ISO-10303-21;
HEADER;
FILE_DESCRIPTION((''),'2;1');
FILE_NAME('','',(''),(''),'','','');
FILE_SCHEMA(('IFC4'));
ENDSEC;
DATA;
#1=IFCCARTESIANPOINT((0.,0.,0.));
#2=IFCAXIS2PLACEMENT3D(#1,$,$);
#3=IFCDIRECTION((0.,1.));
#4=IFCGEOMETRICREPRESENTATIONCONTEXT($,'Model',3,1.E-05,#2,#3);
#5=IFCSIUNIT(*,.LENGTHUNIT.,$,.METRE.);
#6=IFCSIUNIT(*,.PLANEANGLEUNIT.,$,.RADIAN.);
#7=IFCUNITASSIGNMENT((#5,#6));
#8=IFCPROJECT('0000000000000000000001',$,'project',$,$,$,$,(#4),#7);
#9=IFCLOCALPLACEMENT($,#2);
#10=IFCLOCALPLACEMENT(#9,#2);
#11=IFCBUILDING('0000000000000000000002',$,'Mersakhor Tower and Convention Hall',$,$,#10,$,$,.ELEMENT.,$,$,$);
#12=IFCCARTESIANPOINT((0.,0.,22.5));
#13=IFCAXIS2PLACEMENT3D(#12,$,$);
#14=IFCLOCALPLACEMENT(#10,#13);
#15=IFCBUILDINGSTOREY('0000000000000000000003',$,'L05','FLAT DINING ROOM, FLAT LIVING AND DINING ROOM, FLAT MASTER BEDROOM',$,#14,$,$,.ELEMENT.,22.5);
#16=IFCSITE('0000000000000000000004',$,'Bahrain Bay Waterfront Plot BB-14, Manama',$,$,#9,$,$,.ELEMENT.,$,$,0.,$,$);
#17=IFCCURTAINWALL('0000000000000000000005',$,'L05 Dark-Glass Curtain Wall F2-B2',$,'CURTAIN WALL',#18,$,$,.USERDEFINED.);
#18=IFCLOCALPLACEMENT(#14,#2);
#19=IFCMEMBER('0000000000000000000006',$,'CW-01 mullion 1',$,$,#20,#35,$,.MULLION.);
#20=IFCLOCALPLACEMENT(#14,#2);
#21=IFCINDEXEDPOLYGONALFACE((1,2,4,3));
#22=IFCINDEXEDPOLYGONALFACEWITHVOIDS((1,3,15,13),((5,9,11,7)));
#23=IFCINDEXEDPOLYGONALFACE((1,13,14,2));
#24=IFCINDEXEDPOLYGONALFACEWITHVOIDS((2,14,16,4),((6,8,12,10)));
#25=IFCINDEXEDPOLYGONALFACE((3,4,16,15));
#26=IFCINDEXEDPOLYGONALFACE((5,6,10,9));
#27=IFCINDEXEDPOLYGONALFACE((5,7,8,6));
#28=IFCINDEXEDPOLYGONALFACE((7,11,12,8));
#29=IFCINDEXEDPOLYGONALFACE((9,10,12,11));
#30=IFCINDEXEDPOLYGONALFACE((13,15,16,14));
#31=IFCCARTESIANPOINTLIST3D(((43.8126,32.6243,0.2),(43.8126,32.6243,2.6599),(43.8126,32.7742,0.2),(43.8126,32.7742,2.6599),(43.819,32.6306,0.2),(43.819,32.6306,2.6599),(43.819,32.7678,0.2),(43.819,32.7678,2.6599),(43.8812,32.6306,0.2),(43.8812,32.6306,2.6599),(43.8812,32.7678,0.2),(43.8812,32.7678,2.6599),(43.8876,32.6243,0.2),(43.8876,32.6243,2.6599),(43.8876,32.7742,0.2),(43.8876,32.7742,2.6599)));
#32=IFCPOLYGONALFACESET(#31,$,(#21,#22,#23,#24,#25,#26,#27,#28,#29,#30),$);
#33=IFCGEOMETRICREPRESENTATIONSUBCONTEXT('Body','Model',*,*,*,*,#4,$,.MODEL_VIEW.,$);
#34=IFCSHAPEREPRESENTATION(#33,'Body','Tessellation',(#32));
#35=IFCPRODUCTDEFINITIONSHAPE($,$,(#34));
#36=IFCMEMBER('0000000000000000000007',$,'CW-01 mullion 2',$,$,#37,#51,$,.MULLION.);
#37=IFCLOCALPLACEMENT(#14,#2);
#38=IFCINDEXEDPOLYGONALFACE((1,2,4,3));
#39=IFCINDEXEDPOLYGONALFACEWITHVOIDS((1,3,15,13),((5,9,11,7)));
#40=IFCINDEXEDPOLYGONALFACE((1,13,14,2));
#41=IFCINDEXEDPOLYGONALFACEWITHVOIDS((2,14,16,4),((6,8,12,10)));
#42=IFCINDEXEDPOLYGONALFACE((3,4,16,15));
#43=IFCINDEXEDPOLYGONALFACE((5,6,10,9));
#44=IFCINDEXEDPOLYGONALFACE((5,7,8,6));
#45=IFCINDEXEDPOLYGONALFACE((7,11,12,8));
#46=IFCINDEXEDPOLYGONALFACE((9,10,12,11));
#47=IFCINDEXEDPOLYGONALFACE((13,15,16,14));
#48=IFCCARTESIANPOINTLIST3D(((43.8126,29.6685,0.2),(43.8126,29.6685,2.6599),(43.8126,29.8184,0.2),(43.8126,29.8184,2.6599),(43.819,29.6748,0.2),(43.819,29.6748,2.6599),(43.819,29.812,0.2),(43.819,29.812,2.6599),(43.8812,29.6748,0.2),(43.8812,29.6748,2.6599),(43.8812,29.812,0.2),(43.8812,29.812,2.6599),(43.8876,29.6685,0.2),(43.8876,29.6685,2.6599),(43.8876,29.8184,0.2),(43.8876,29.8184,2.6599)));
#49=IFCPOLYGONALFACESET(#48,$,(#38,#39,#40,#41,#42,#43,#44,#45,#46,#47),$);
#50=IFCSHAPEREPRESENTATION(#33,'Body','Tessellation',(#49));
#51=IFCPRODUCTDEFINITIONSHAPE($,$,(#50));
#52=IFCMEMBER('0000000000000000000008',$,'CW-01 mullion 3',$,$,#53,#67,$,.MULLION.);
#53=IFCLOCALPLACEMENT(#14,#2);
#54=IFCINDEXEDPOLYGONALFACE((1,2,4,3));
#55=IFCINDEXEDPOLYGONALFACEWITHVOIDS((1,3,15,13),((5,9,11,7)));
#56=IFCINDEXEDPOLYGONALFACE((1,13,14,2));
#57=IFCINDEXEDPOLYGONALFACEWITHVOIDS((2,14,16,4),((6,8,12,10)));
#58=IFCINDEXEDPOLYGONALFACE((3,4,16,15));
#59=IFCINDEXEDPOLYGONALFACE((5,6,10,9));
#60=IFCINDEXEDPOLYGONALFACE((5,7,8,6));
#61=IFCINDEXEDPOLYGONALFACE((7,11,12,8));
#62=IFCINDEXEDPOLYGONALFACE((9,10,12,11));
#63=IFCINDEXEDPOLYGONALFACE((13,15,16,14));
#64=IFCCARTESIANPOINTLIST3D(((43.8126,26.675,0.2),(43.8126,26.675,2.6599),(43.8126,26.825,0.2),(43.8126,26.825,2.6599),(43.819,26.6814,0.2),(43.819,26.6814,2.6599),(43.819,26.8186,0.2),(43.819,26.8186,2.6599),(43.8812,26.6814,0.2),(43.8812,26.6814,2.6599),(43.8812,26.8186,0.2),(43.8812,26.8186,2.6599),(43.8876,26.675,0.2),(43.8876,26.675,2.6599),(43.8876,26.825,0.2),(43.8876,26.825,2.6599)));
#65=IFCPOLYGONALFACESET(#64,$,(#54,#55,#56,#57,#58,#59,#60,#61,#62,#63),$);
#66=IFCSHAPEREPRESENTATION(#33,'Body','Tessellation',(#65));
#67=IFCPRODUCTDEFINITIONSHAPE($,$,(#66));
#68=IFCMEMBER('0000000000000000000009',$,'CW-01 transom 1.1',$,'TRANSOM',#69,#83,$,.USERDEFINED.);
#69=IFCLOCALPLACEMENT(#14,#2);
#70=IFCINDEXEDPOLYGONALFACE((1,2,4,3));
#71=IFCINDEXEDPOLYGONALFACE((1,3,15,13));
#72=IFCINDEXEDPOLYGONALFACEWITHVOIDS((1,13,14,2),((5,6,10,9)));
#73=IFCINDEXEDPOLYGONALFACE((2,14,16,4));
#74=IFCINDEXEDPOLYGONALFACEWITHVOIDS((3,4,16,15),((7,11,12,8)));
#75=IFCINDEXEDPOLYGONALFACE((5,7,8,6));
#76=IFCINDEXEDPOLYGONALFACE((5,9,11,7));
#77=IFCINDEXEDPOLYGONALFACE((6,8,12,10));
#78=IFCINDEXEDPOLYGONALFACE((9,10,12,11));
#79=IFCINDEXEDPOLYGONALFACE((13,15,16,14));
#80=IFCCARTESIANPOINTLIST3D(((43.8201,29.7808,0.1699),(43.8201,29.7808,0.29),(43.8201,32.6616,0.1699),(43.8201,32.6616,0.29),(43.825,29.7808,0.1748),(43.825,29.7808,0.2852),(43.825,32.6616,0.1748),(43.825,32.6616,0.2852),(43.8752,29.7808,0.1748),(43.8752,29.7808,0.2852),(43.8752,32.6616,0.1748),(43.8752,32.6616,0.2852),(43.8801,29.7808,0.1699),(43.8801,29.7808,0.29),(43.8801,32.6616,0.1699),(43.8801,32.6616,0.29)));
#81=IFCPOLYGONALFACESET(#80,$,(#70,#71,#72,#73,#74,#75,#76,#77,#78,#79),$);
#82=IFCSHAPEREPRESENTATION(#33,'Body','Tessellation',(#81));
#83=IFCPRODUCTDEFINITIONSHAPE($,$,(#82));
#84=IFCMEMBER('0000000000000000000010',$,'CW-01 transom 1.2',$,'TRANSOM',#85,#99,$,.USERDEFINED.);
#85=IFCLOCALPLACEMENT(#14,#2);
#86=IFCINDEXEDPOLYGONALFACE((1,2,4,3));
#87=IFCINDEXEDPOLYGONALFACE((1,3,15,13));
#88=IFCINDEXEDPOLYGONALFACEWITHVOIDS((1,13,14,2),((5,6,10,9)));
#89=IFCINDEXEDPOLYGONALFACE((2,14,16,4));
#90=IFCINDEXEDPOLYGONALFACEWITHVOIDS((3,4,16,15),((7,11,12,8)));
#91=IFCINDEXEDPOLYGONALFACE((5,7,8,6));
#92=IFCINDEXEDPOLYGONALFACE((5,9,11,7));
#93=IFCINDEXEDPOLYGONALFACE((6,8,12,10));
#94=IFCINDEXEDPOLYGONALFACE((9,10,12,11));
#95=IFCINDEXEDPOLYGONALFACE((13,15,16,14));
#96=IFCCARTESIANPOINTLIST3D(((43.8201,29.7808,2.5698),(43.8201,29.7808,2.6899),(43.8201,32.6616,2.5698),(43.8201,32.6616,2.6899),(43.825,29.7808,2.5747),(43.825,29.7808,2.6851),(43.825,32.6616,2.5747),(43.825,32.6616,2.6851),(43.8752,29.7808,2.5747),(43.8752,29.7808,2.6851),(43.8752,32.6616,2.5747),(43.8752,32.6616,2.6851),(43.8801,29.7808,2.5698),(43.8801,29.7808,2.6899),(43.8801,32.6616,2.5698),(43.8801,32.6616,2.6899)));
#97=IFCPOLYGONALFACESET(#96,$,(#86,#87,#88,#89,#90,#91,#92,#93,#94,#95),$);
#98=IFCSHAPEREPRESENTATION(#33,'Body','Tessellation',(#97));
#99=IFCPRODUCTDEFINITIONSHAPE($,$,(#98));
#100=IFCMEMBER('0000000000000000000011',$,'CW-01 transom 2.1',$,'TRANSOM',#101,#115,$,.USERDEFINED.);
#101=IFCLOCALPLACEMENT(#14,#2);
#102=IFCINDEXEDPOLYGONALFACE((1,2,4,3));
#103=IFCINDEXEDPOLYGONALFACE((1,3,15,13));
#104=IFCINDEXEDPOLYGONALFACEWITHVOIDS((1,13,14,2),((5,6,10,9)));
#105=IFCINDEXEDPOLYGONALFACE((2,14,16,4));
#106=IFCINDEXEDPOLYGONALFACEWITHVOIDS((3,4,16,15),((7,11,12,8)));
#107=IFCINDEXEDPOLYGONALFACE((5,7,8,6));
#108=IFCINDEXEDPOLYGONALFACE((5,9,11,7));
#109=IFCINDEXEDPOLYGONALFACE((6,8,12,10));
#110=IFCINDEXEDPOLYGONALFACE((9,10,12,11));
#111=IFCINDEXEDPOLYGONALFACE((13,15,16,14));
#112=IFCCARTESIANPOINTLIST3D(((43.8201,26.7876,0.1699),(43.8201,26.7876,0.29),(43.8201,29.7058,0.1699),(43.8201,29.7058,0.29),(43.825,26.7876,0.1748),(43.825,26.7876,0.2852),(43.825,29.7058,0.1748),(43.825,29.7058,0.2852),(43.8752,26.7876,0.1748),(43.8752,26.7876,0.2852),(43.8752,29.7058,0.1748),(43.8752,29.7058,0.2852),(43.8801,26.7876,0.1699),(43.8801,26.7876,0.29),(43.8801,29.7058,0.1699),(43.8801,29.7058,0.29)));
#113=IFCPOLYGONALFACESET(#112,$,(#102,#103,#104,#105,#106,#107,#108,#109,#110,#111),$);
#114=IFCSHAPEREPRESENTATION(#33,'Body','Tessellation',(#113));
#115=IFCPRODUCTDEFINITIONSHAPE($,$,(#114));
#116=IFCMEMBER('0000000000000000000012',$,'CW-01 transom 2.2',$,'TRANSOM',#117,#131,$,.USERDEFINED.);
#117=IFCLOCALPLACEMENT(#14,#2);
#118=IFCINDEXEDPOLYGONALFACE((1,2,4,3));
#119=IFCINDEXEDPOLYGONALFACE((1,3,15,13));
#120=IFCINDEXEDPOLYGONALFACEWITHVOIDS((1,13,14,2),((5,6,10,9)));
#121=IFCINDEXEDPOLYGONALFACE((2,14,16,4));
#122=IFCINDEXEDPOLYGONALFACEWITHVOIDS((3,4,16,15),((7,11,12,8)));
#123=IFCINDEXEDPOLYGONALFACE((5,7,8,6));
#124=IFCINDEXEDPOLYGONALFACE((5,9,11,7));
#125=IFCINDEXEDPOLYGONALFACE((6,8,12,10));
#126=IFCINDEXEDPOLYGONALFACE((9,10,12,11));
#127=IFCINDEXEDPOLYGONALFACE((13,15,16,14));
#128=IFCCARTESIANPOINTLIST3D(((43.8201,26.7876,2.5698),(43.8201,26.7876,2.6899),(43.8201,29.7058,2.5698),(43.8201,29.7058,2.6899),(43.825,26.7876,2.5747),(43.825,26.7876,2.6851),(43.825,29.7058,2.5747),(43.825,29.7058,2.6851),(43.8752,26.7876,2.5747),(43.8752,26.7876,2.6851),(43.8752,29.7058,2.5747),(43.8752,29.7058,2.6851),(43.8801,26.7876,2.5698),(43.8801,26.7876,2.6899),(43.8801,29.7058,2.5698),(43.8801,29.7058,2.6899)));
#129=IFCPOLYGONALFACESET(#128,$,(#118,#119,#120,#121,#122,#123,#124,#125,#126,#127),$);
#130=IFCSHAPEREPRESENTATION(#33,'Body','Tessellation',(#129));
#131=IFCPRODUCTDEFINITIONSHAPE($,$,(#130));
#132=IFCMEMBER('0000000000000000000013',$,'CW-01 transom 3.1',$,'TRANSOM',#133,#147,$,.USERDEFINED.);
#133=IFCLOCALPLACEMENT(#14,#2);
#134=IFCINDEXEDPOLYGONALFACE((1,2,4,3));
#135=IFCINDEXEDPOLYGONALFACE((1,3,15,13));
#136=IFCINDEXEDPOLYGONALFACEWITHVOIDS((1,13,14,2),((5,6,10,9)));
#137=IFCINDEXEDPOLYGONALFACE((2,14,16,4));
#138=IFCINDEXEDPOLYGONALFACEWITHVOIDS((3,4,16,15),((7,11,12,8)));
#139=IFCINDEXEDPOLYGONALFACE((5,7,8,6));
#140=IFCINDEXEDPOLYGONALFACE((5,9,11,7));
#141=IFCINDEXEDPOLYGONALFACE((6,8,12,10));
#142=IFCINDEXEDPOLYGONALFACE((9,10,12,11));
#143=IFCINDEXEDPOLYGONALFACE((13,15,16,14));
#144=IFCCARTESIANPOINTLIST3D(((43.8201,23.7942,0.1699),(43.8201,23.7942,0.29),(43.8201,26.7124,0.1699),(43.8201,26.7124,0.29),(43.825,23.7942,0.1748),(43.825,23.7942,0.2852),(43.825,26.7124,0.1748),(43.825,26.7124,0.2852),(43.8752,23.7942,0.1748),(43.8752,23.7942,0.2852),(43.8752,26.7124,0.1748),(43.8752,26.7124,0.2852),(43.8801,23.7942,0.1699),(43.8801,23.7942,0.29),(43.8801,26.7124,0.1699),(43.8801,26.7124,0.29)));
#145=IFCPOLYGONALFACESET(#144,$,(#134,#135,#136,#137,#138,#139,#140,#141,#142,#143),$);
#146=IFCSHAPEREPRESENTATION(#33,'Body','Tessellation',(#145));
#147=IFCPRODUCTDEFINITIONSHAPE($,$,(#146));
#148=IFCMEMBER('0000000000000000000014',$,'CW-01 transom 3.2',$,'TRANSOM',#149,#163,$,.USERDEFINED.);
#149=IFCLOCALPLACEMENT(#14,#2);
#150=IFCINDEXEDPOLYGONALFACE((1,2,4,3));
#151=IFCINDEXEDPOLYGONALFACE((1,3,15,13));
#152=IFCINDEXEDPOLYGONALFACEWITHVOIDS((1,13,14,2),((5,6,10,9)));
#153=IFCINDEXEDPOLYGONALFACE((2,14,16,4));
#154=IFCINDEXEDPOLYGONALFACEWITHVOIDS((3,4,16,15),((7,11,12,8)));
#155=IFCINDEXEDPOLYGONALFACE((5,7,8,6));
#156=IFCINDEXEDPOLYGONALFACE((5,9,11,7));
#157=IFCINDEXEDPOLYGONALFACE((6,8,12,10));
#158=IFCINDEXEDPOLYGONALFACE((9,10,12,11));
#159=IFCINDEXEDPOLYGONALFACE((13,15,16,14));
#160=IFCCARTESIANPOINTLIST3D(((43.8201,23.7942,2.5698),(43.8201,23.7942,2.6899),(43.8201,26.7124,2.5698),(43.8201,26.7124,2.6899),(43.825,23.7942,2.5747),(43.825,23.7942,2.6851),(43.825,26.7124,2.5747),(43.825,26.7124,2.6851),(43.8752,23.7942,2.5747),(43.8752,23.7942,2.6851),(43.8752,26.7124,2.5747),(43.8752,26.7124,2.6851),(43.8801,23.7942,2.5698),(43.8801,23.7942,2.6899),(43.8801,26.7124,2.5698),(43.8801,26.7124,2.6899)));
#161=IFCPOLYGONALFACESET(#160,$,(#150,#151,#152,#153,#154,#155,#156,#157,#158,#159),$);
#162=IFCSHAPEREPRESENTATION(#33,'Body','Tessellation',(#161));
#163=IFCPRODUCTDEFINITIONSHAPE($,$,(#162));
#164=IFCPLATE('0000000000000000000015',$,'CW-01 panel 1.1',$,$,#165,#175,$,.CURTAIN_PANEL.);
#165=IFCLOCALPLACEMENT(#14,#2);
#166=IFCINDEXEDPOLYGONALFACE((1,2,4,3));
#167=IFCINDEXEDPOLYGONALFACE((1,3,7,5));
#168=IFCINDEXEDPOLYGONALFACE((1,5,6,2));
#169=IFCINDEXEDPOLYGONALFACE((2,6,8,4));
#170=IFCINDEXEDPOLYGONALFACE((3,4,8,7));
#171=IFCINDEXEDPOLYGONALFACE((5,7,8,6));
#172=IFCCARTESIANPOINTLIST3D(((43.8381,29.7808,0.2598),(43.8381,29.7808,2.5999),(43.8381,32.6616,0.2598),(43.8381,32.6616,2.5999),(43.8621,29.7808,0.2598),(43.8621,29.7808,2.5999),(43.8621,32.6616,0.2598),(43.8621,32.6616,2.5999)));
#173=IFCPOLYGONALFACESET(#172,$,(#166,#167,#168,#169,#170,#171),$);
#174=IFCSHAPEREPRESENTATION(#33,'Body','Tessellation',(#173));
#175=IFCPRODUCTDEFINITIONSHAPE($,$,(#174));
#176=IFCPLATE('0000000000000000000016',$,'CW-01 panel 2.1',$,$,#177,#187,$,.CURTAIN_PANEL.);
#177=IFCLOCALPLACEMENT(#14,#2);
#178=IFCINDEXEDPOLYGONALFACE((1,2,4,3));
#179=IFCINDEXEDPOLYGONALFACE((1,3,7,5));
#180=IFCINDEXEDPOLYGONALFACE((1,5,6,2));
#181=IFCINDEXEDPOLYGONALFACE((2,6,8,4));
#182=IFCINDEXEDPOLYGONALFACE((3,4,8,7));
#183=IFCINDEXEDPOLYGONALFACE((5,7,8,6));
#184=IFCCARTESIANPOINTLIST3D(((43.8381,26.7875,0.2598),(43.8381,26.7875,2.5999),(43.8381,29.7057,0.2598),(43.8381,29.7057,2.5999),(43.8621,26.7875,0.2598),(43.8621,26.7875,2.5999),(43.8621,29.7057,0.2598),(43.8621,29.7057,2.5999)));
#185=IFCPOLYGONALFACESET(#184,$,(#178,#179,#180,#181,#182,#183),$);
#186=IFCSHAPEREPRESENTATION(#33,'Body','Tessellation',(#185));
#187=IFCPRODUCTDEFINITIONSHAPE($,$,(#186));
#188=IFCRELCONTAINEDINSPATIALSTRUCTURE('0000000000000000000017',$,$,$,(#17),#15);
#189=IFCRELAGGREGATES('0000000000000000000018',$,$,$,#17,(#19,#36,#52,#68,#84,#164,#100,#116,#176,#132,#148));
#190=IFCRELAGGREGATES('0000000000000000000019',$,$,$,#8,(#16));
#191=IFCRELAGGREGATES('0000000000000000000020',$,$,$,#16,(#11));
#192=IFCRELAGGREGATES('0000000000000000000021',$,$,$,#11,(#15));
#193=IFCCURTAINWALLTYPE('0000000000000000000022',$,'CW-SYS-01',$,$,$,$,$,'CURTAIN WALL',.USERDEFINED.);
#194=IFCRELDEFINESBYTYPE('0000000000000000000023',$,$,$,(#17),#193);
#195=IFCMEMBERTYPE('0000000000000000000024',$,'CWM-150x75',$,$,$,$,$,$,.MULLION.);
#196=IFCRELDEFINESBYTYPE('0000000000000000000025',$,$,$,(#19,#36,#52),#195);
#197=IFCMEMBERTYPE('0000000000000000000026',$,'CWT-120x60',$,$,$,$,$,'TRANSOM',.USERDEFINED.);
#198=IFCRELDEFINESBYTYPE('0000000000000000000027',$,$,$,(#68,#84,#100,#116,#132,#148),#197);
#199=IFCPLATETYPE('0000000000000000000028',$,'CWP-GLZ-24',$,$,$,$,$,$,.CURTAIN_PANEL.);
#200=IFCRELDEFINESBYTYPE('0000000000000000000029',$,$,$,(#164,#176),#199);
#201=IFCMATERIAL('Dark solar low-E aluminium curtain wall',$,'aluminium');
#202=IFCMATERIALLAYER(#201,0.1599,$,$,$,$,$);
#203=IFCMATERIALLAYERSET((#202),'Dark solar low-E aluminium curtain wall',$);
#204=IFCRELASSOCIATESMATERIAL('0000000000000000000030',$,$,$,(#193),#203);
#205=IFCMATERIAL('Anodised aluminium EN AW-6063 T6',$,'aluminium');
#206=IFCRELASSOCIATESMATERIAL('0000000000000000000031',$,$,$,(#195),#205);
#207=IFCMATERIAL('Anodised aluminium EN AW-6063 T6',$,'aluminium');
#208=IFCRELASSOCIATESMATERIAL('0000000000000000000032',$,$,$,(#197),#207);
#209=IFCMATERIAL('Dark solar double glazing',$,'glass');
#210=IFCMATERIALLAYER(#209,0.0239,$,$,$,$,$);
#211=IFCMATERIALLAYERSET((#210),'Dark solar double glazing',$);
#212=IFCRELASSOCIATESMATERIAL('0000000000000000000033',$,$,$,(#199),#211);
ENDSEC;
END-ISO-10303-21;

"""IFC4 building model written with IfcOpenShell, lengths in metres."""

from ifc_helpers import new_model, si_unit, direction, frame, origin, origin_2d, place, context, subcontext, project, spatial, rectangle, hollow_rectangle, extrude, material, layer, layer_set, material_profile, profile_set, type_object, element, aggregate, save


model = new_model("IFC4")

# Units and contexts
model_context = context("Model", 3, precision=1e-05, world=origin(), true_north=direction((0.0, 1.0)))
body_context = subcontext(model_context, "Body", "Model", "MODEL_VIEW")
ifc_project = project(units=[si_unit("LENGTHUNIT", "METRE"), si_unit("PLANEANGLEUNIT", "RADIAN")], contexts=[model_context])

# Site, building, storey
site_placement = place(None, origin())
site = spatial("IfcSite", under=ifc_project, at=site_placement, Name="Bahrain Bay Waterfront Plot BB-14, Manama", CompositionType="ELEMENT", RefElevation=0.0)
building_placement = place(site_placement, origin())
building = spatial("IfcBuilding", under=site, at=building_placement, Name="Mersakhor Tower and Convention Hall", CompositionType="ELEMENT")
storey_placement = place(building_placement, frame((0.0, 0.0, 22.5)))
storey = spatial("IfcBuildingStorey", under=building, at=storey_placement, Name="L05", Description="FLAT DINING ROOM, FLAT LIVING AND DINING ROOM, FLAT MASTER BEDROOM", CompositionType="ELEMENT", Elevation=22.5)

# Curtain wall, members, plates
ifc_material_1 = material(Name="Dark solar low-E aluminium curtain wall", Category="aluminium")
ifc_layer_1 = layer(ifc_material_1, 0.1599)
ifc_layer_set_1 = layer_set([ifc_layer_1], Name="Dark solar low-E aluminium curtain wall")
curtain_wall_type = type_object("IfcCurtainWallType", Name="CW-SYS-01", ElementType="CURTAIN WALL", PredefinedType="USERDEFINED", material=ifc_layer_set_1)
curtain_wall_placement = place(storey_placement, origin())
curtain_wall = element("IfcCurtainWall", 1, at=curtain_wall_placement, inside=storey, type_object=curtain_wall_type, Name="L05 Dark-Glass Curtain Wall F2-B2", ObjectType="CURTAIN WALL", PredefinedType="USERDEFINED")
ifc_material_2 = material(Name="Anodised aluminium EN AW-6063 T6", Category="aluminium")
ifc_material_profile_1 = material_profile(ifc_material_2, hollow_rectangle(XDim=0.075, YDim=0.1499, WallThickness=0.0063, at=origin_2d()), Name="RHS 150x75x6.3")
ifc_profile_set_1 = profile_set([ifc_material_profile_1], Name="Anodised aluminium EN AW-6063 T6")
member_type_1 = type_object("IfcMemberType", Name="CWM-150x75", PredefinedType="MULLION", material=ifc_profile_set_1)
member_1_placement = place(storey_placement, frame((43.8501, 32.6992, 0.2), z_axis=(0.0, 0.0, 1.0), x_axis=(1.0, 0.0, 0.0)))
member_1 = element("IfcMember", 2, at=member_1_placement, type_object=member_type_1, Name="CW-01 mullion 1", PredefinedType="MULLION", context=body_context, shape_type="SweptSolid", body=[
    extrude(hollow_rectangle(XDim=0.075, YDim=0.1499, WallThickness=0.0063, at=origin_2d()), origin(), (0.0, 0.0, 1.0), 2.46),
])
member_2_placement = place(storey_placement, frame((43.8501, 29.7434, 0.2), z_axis=(0.0, 0.0, 1.0), x_axis=(1.0, 0.0, 0.0)))
member_2 = element("IfcMember", 3, at=member_2_placement, type_object=member_type_1, Name="CW-01 mullion 2", PredefinedType="MULLION", context=body_context, shape_type="SweptSolid", body=[
    extrude(hollow_rectangle(XDim=0.075, YDim=0.1499, WallThickness=0.0063, at=origin_2d()), origin(), (0.0, 0.0, 1.0), 2.46),
])
member_3_placement = place(storey_placement, frame((43.8501, 26.75, 0.2), z_axis=(0.0, 0.0, 1.0), x_axis=(1.0, 0.0, 0.0)))
member_3 = element("IfcMember", 4, at=member_3_placement, type_object=member_type_1, Name="CW-01 mullion 3", PredefinedType="MULLION", context=body_context, shape_type="SweptSolid", body=[
    extrude(hollow_rectangle(XDim=0.075, YDim=0.1499, WallThickness=0.0063, at=origin_2d()), origin(), (0.0, 0.0, 1.0), 2.46),
])
ifc_material_3 = material(Name="Anodised aluminium EN AW-6063 T6", Category="aluminium")
ifc_material_profile_2 = material_profile(ifc_material_3, hollow_rectangle(XDim=0.0601, YDim=0.1201, WallThickness=0.0049, at=origin_2d()), Name="RHS 120x60x5")
ifc_profile_set_2 = profile_set([ifc_material_profile_2], Name="Anodised aluminium EN AW-6063 T6")
member_type_2 = type_object("IfcMemberType", Name="CWT-120x60", ElementType="TRANSOM", PredefinedType="USERDEFINED", material=ifc_profile_set_2)
member_4_placement = place(storey_placement, frame((43.8501, 32.6616, 0.23), z_axis=(0.0, -1.0, 0.0), x_axis=(1.0, 0.0, 0.0)))
member_4 = element("IfcMember", 5, at=member_4_placement, type_object=member_type_2, Name="CW-01 transom 1.1", ObjectType="TRANSOM", PredefinedType="USERDEFINED", context=body_context, shape_type="SweptSolid", body=[
    extrude(hollow_rectangle(XDim=0.0601, YDim=0.1201, WallThickness=0.0049, at=origin_2d()), origin(), (0.0, 0.0, 1.0), 2.8809),
])
member_5_placement = place(storey_placement, frame((43.8501, 32.6616, 2.6299), z_axis=(0.0, -1.0, 0.0), x_axis=(1.0, 0.0, 0.0)))
member_5 = element("IfcMember", 6, at=member_5_placement, type_object=member_type_2, Name="CW-01 transom 1.2", ObjectType="TRANSOM", PredefinedType="USERDEFINED", context=body_context, shape_type="SweptSolid", body=[
    extrude(hollow_rectangle(XDim=0.0601, YDim=0.1201, WallThickness=0.0049, at=origin_2d()), origin(), (0.0, 0.0, 1.0), 2.8809),
])
member_6_placement = place(storey_placement, frame((43.8501, 29.7058, 0.23), z_axis=(0.0, -1.0, 0.0), x_axis=(1.0, 0.0, 0.0)))
member_6 = element("IfcMember", 7, at=member_6_placement, type_object=member_type_2, Name="CW-01 transom 2.1", ObjectType="TRANSOM", PredefinedType="USERDEFINED", context=body_context, shape_type="SweptSolid", body=[
    extrude(hollow_rectangle(XDim=0.0601, YDim=0.1201, WallThickness=0.0049, at=origin_2d()), origin(), (0.0, 0.0, 1.0), 2.9182),
])
member_7_placement = place(storey_placement, frame((43.8501, 29.7058, 2.6299), z_axis=(0.0, -1.0, 0.0), x_axis=(1.0, 0.0, 0.0)))
member_7 = element("IfcMember", 8, at=member_7_placement, type_object=member_type_2, Name="CW-01 transom 2.2", ObjectType="TRANSOM", PredefinedType="USERDEFINED", context=body_context, shape_type="SweptSolid", body=[
    extrude(hollow_rectangle(XDim=0.0601, YDim=0.1201, WallThickness=0.0049, at=origin_2d()), origin(), (0.0, 0.0, 1.0), 2.9182),
])
member_8_placement = place(storey_placement, frame((43.8501, 26.7124, 0.23), z_axis=(0.0, -1.0, 0.0), x_axis=(1.0, 0.0, 0.0)))
member_8 = element("IfcMember", 9, at=member_8_placement, type_object=member_type_2, Name="CW-01 transom 3.1", ObjectType="TRANSOM", PredefinedType="USERDEFINED", context=body_context, shape_type="SweptSolid", body=[
    extrude(hollow_rectangle(XDim=0.0601, YDim=0.1201, WallThickness=0.0049, at=origin_2d()), origin(), (0.0, 0.0, 1.0), 2.9182),
])
member_9_placement = place(storey_placement, frame((43.8501, 26.7124, 2.6299), z_axis=(0.0, -1.0, 0.0), x_axis=(1.0, 0.0, 0.0)))
member_9 = element("IfcMember", 10, at=member_9_placement, type_object=member_type_2, Name="CW-01 transom 3.2", ObjectType="TRANSOM", PredefinedType="USERDEFINED", context=body_context, shape_type="SweptSolid", body=[
    extrude(hollow_rectangle(XDim=0.0601, YDim=0.1201, WallThickness=0.0049, at=origin_2d()), origin(), (0.0, 0.0, 1.0), 2.9182),
])
ifc_material_4 = material(Name="Dark solar double glazing", Category="glass")
ifc_layer_2 = layer(ifc_material_4, 0.0239)
ifc_layer_set_2 = layer_set([ifc_layer_2], Name="Dark solar double glazing")
plate_type_1 = type_object("IfcPlateType", Name="CWP-GLZ-24", PredefinedType="CURTAIN_PANEL", material=ifc_layer_set_2)
plate_1_placement = place(storey_placement, frame((43.8501, 31.2212, 0.2598), z_axis=(0.0, 0.0, 1.0), x_axis=(0.0, -1.0, 0.0)))
plate_1 = element("IfcPlate", 11, at=plate_1_placement, type_object=plate_type_1, Name="CW-01 panel 1.1", PredefinedType="CURTAIN_PANEL", context=body_context, shape_type="SweptSolid", body=[
    extrude(rectangle(XDim=2.8809, YDim=0.0239, at=origin_2d()), origin(), (0.0, 0.0, 1.0), 2.3401),
])
plate_2_placement = place(storey_placement, frame((43.8501, 28.2466, 0.2598), z_axis=(0.0, 0.0, 1.0), x_axis=(0.0, -1.0, 0.0)))
plate_2 = element("IfcPlate", 12, at=plate_2_placement, type_object=plate_type_1, Name="CW-01 panel 2.1", PredefinedType="CURTAIN_PANEL", context=body_context, shape_type="SweptSolid", body=[
    extrude(rectangle(XDim=2.9182, YDim=0.0239, at=origin_2d()), origin(), (0.0, 0.0, 1.0), 2.3401),
])
aggregate(curtain_wall, [member_1, member_2, member_3, member_4, member_5, plate_1, member_6, member_7, plate_2, member_8, member_9])

save(model, "model.ifc")
